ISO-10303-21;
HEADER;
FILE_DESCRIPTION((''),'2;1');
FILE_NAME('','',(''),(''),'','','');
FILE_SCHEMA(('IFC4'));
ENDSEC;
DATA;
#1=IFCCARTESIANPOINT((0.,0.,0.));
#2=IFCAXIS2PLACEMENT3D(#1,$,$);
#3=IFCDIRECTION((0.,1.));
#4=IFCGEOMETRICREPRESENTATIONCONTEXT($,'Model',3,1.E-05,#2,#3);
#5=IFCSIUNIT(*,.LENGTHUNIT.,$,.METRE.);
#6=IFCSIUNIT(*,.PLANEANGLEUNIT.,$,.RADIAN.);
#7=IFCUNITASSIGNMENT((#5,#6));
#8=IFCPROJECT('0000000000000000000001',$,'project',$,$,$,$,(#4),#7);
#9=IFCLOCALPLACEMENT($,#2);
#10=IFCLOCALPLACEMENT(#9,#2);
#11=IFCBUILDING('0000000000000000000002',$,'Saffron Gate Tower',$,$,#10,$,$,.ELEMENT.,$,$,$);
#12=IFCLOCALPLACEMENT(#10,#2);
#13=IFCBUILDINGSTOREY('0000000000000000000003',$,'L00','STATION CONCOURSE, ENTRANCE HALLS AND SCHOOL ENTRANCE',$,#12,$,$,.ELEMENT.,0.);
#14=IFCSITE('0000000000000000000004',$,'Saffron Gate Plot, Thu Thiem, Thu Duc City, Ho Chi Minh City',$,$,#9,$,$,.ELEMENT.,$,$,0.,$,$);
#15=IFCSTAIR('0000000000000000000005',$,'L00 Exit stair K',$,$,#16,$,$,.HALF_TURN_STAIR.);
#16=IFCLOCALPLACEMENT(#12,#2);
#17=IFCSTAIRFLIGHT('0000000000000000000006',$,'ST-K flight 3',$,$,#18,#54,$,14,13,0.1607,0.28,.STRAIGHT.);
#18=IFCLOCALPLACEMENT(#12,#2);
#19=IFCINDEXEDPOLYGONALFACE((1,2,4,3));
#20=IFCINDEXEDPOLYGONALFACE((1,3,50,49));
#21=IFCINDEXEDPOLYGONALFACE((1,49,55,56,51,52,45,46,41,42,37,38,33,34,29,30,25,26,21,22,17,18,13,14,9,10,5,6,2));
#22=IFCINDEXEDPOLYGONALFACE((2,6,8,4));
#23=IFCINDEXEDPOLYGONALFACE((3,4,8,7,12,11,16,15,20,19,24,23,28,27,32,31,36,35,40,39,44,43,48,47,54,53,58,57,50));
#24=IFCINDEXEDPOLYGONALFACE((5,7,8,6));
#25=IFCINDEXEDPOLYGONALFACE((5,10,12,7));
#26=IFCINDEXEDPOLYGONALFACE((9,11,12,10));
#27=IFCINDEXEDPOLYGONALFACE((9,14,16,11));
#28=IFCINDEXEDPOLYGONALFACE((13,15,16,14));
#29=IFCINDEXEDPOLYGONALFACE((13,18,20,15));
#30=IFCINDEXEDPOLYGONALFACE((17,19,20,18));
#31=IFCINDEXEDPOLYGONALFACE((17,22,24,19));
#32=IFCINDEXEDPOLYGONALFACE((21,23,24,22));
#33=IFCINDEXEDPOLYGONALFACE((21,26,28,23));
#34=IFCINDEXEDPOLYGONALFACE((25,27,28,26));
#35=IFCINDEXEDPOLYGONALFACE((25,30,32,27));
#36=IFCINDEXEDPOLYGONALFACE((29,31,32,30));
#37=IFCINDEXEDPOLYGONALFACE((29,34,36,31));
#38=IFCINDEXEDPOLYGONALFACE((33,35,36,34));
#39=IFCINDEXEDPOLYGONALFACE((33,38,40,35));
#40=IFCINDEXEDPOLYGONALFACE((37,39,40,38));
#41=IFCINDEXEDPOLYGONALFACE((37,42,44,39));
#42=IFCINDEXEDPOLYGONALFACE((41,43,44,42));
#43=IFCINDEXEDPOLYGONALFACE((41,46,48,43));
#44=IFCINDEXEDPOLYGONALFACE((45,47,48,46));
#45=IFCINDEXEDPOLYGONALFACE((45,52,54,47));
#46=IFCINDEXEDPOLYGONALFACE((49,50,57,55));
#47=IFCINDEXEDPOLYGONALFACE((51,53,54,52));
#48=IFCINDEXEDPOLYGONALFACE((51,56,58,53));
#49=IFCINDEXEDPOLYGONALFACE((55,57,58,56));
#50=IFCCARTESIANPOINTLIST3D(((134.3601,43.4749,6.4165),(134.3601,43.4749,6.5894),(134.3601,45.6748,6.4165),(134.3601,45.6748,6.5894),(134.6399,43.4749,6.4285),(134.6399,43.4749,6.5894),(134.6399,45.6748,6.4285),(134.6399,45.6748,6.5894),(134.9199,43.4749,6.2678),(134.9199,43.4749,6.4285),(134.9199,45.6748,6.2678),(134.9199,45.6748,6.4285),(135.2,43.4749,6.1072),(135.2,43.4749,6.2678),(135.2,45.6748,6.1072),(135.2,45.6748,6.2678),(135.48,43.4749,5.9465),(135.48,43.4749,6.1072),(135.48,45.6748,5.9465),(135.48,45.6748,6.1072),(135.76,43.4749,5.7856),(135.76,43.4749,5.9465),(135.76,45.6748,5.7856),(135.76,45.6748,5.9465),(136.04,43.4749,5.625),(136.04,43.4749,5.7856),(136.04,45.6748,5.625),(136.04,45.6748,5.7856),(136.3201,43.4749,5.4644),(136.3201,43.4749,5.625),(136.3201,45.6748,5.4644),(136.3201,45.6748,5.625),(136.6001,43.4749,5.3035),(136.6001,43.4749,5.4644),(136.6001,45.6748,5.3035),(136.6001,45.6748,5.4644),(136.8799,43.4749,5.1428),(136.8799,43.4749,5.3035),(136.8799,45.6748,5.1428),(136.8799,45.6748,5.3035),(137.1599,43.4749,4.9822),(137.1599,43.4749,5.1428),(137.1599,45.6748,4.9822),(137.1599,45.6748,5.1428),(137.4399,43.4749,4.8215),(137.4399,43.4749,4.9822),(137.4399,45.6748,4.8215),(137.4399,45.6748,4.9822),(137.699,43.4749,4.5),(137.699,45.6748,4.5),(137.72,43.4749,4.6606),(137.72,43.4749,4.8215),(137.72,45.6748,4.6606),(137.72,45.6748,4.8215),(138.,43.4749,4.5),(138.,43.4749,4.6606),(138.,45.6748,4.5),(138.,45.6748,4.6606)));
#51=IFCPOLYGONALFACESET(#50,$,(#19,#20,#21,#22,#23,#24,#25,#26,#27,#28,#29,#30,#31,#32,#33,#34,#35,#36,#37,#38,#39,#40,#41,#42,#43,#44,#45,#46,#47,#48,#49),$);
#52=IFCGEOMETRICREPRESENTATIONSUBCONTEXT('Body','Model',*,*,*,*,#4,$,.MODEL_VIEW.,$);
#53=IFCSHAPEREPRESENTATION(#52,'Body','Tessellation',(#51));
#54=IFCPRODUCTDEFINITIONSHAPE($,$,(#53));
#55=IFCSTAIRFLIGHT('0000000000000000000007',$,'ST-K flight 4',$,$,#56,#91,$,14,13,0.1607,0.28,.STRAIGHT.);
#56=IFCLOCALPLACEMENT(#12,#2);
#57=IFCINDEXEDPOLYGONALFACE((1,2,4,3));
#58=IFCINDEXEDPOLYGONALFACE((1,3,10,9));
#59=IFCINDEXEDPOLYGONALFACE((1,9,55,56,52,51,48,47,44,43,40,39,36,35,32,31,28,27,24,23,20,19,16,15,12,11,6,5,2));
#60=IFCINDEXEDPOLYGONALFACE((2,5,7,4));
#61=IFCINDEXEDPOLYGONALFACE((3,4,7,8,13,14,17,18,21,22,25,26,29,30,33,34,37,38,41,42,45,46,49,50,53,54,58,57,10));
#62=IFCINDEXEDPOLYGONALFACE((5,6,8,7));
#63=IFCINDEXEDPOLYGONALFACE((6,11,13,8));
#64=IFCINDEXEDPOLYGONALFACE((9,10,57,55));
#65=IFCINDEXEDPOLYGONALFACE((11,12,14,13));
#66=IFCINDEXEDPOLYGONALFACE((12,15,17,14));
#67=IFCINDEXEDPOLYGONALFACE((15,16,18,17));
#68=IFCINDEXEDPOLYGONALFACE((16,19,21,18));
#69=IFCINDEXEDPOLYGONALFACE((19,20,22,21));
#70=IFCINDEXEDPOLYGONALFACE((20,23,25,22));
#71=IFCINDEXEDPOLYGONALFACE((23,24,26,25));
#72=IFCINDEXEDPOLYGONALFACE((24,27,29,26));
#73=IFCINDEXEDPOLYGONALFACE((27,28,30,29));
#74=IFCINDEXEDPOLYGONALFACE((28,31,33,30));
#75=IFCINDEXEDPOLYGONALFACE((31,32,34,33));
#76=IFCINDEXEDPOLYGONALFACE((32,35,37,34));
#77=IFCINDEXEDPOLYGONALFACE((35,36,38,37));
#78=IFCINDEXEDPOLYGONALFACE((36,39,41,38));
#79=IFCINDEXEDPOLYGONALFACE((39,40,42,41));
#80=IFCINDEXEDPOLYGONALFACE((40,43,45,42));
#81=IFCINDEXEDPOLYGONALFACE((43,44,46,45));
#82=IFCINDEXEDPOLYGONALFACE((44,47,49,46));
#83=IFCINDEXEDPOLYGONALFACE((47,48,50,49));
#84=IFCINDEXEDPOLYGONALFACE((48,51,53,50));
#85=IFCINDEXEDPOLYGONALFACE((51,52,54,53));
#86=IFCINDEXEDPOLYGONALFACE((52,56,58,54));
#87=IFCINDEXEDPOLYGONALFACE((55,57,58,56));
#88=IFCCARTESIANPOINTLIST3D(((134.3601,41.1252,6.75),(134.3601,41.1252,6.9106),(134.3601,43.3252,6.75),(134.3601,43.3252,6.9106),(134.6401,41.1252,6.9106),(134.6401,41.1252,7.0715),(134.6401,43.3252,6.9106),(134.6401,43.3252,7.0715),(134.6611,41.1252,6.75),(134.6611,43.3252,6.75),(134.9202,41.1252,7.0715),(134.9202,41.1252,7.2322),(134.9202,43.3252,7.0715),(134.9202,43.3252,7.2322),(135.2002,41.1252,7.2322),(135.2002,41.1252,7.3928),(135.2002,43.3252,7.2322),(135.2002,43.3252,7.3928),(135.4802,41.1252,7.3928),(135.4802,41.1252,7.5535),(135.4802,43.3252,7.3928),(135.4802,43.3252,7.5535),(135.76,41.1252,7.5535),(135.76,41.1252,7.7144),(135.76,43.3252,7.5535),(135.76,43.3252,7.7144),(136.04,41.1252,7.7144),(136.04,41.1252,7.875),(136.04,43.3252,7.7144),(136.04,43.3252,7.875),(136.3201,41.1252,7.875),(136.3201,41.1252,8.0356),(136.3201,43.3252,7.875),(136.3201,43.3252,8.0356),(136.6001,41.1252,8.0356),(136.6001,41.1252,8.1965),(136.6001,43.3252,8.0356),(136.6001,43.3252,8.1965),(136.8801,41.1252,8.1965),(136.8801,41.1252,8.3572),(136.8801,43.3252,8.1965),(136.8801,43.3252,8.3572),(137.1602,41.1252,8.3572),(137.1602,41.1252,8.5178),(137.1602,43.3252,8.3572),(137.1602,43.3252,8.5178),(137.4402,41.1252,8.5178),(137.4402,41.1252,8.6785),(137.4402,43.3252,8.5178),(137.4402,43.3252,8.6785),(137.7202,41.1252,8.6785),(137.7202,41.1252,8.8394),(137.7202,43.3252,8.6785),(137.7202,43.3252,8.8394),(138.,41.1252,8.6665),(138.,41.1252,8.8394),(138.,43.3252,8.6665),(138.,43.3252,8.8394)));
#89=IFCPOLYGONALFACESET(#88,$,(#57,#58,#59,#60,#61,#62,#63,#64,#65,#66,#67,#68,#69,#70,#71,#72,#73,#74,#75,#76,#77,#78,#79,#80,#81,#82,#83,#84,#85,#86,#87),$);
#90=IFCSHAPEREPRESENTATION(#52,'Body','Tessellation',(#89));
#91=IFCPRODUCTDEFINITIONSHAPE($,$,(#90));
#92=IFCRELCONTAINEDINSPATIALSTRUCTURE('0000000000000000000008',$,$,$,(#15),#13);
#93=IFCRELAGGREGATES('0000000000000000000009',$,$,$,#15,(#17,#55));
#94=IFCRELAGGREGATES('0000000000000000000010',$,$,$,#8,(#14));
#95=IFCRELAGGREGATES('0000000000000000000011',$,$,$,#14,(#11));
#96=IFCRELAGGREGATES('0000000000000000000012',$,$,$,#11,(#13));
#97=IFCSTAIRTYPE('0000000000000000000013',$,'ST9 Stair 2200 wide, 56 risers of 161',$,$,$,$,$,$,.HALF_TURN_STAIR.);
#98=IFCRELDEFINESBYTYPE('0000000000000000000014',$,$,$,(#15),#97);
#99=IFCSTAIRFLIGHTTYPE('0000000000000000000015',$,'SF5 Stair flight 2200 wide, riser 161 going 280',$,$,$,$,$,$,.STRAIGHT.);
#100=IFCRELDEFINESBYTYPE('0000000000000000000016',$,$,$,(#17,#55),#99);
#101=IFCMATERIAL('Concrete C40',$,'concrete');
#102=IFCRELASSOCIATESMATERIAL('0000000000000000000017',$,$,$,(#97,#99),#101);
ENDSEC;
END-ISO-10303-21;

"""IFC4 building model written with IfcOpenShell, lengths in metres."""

from ifc_helpers import new_model, si_unit, direction, frame, origin, place, context, subcontext, project, spatial, polyline, outline, extrude, material, type_object, element, aggregate, save


model = new_model("IFC4")

# Units and contexts
model_context = context("Model", 3, precision=1e-05, world=origin(), true_north=direction((0.0, 1.0)))
body_context = subcontext(model_context, "Body", "Model", "MODEL_VIEW")
ifc_project = project(units=[si_unit("LENGTHUNIT", "METRE"), si_unit("PLANEANGLEUNIT", "RADIAN")], contexts=[model_context])

# Site, building, storey
site_placement = place(None, origin())
site = spatial("IfcSite", under=ifc_project, at=site_placement, Name="Saffron Gate Plot, Thu Thiem, Thu Duc City, Ho Chi Minh City", CompositionType="ELEMENT", RefElevation=0.0)
building_placement = place(site_placement, origin())
building = spatial("IfcBuilding", under=site, at=building_placement, Name="Saffron Gate Tower", CompositionType="ELEMENT")
storey_placement = place(building_placement, origin())
storey = spatial("IfcBuildingStorey", under=building, at=storey_placement, Name="L00", Description="STATION CONCOURSE, ENTRANCE HALLS AND SCHOOL ENTRANCE", CompositionType="ELEMENT", Elevation=0.0)

# Stair, stair flights
ifc_material_1 = material(Name="Concrete C40", Category="concrete")
stair_type = type_object("IfcStairType", Name="ST9 Stair 2200 wide, 56 risers of 161", PredefinedType="HALF_TURN_STAIR", material=ifc_material_1)
stair_placement = place(storey_placement, origin())
stair = element("IfcStair", 1, at=stair_placement, inside=storey, type_object=stair_type, Name="L00 Exit stair K", PredefinedType="HALF_TURN_STAIR")
stair_flight_type = type_object("IfcStairFlightType", Name="SF5 Stair flight 2200 wide, riser 161 going 280", PredefinedType="STRAIGHT", material=ifc_material_1)
stair_flight_1_placement = place(storey_placement, frame((138.0, 44.575, 4.5), z_axis=(0.0, 0.0, 1.0), x_axis=(-1.0, 0.0, 0.0)))
stair_flight_1 = element("IfcStairFlight", 2, at=stair_flight_1_placement, type_object=stair_flight_type, Name="ST-K flight 3", NumberOfRisers=14, NumberOfTreads=13, PredefinedType="STRAIGHT", RiserHeight=0.1607, TreadLength=0.28, context=body_context, shape_type="SweptSolid", body=[
    extrude(outline(polyline([(0.0, 0.0), (0.0, 0.1606), (0.28, 0.1606), (0.28, 0.3215), (0.5601, 0.3215), (0.5601, 0.4822), (0.8401, 0.4822), (0.8401, 0.6428), (1.1201, 0.6428), (1.1201, 0.8035), (1.3999, 0.8035), (1.3999, 0.9644), (1.6799, 0.9644), (1.6799, 1.125), (1.96, 1.125), (1.96, 1.2856), (2.24, 1.2856), (2.24, 1.4465), (2.52, 1.4465), (2.52, 1.6072), (2.8, 1.6072), (2.8, 1.7678), (3.0801, 1.7678), (3.0801, 1.9285), (3.3601, 1.9285), (3.3601, 2.0894), (3.6399, 2.0894), (3.6399, 2.25), (3.6399, 1.9165), (0.301, 0.0), (0.0, 0.0)])), frame((0.0, 1.1001, 0.0), z_axis=(0.0, -1.0, 0.0), x_axis=(1.0, 0.0, 0.0)), (0.0, 0.0, 1.0), 2.2),
])
stair_flight_2_placement = place(storey_placement, frame((134.3601, 42.2251, 6.75), z_axis=(0.0, 0.0, 1.0), x_axis=(1.0, 0.0, 0.0)))
stair_flight_2 = element("IfcStairFlight", 3, at=stair_flight_2_placement, type_object=stair_flight_type, Name="ST-K flight 4", NumberOfRisers=14, NumberOfTreads=13, PredefinedType="STRAIGHT", RiserHeight=0.1607, TreadLength=0.28, context=body_context, shape_type="SweptSolid", body=[
    extrude(outline(polyline([(0.0, 0.0), (0.0, 0.1606), (0.28, 0.1606), (0.28, 0.3215), (0.5601, 0.3215), (0.5601, 0.4822), (0.8401, 0.4822), (0.8401, 0.6428), (1.1201, 0.6428), (1.1201, 0.8035), (1.3999, 0.8035), (1.3999, 0.9644), (1.6799, 0.9644), (1.6799, 1.125), (1.96, 1.125), (1.96, 1.2856), (2.24, 1.2856), (2.24, 1.4465), (2.52, 1.4465), (2.52, 1.6072), (2.8, 1.6072), (2.8, 1.7678), (3.0801, 1.7678), (3.0801, 1.9285), (3.3601, 1.9285), (3.3601, 2.0894), (3.6399, 2.0894), (3.6399, 2.25), (3.6399, 1.9165), (0.301, 0.0), (0.0, 0.0)])), frame((0.0, 1.1001, 0.0), z_axis=(0.0, -1.0, 0.0), x_axis=(1.0, 0.0, 0.0)), (0.0, 0.0, 1.0), 2.2),
])
aggregate(stair, [stair_flight_1, stair_flight_2])

save(model, "model.ifc")
